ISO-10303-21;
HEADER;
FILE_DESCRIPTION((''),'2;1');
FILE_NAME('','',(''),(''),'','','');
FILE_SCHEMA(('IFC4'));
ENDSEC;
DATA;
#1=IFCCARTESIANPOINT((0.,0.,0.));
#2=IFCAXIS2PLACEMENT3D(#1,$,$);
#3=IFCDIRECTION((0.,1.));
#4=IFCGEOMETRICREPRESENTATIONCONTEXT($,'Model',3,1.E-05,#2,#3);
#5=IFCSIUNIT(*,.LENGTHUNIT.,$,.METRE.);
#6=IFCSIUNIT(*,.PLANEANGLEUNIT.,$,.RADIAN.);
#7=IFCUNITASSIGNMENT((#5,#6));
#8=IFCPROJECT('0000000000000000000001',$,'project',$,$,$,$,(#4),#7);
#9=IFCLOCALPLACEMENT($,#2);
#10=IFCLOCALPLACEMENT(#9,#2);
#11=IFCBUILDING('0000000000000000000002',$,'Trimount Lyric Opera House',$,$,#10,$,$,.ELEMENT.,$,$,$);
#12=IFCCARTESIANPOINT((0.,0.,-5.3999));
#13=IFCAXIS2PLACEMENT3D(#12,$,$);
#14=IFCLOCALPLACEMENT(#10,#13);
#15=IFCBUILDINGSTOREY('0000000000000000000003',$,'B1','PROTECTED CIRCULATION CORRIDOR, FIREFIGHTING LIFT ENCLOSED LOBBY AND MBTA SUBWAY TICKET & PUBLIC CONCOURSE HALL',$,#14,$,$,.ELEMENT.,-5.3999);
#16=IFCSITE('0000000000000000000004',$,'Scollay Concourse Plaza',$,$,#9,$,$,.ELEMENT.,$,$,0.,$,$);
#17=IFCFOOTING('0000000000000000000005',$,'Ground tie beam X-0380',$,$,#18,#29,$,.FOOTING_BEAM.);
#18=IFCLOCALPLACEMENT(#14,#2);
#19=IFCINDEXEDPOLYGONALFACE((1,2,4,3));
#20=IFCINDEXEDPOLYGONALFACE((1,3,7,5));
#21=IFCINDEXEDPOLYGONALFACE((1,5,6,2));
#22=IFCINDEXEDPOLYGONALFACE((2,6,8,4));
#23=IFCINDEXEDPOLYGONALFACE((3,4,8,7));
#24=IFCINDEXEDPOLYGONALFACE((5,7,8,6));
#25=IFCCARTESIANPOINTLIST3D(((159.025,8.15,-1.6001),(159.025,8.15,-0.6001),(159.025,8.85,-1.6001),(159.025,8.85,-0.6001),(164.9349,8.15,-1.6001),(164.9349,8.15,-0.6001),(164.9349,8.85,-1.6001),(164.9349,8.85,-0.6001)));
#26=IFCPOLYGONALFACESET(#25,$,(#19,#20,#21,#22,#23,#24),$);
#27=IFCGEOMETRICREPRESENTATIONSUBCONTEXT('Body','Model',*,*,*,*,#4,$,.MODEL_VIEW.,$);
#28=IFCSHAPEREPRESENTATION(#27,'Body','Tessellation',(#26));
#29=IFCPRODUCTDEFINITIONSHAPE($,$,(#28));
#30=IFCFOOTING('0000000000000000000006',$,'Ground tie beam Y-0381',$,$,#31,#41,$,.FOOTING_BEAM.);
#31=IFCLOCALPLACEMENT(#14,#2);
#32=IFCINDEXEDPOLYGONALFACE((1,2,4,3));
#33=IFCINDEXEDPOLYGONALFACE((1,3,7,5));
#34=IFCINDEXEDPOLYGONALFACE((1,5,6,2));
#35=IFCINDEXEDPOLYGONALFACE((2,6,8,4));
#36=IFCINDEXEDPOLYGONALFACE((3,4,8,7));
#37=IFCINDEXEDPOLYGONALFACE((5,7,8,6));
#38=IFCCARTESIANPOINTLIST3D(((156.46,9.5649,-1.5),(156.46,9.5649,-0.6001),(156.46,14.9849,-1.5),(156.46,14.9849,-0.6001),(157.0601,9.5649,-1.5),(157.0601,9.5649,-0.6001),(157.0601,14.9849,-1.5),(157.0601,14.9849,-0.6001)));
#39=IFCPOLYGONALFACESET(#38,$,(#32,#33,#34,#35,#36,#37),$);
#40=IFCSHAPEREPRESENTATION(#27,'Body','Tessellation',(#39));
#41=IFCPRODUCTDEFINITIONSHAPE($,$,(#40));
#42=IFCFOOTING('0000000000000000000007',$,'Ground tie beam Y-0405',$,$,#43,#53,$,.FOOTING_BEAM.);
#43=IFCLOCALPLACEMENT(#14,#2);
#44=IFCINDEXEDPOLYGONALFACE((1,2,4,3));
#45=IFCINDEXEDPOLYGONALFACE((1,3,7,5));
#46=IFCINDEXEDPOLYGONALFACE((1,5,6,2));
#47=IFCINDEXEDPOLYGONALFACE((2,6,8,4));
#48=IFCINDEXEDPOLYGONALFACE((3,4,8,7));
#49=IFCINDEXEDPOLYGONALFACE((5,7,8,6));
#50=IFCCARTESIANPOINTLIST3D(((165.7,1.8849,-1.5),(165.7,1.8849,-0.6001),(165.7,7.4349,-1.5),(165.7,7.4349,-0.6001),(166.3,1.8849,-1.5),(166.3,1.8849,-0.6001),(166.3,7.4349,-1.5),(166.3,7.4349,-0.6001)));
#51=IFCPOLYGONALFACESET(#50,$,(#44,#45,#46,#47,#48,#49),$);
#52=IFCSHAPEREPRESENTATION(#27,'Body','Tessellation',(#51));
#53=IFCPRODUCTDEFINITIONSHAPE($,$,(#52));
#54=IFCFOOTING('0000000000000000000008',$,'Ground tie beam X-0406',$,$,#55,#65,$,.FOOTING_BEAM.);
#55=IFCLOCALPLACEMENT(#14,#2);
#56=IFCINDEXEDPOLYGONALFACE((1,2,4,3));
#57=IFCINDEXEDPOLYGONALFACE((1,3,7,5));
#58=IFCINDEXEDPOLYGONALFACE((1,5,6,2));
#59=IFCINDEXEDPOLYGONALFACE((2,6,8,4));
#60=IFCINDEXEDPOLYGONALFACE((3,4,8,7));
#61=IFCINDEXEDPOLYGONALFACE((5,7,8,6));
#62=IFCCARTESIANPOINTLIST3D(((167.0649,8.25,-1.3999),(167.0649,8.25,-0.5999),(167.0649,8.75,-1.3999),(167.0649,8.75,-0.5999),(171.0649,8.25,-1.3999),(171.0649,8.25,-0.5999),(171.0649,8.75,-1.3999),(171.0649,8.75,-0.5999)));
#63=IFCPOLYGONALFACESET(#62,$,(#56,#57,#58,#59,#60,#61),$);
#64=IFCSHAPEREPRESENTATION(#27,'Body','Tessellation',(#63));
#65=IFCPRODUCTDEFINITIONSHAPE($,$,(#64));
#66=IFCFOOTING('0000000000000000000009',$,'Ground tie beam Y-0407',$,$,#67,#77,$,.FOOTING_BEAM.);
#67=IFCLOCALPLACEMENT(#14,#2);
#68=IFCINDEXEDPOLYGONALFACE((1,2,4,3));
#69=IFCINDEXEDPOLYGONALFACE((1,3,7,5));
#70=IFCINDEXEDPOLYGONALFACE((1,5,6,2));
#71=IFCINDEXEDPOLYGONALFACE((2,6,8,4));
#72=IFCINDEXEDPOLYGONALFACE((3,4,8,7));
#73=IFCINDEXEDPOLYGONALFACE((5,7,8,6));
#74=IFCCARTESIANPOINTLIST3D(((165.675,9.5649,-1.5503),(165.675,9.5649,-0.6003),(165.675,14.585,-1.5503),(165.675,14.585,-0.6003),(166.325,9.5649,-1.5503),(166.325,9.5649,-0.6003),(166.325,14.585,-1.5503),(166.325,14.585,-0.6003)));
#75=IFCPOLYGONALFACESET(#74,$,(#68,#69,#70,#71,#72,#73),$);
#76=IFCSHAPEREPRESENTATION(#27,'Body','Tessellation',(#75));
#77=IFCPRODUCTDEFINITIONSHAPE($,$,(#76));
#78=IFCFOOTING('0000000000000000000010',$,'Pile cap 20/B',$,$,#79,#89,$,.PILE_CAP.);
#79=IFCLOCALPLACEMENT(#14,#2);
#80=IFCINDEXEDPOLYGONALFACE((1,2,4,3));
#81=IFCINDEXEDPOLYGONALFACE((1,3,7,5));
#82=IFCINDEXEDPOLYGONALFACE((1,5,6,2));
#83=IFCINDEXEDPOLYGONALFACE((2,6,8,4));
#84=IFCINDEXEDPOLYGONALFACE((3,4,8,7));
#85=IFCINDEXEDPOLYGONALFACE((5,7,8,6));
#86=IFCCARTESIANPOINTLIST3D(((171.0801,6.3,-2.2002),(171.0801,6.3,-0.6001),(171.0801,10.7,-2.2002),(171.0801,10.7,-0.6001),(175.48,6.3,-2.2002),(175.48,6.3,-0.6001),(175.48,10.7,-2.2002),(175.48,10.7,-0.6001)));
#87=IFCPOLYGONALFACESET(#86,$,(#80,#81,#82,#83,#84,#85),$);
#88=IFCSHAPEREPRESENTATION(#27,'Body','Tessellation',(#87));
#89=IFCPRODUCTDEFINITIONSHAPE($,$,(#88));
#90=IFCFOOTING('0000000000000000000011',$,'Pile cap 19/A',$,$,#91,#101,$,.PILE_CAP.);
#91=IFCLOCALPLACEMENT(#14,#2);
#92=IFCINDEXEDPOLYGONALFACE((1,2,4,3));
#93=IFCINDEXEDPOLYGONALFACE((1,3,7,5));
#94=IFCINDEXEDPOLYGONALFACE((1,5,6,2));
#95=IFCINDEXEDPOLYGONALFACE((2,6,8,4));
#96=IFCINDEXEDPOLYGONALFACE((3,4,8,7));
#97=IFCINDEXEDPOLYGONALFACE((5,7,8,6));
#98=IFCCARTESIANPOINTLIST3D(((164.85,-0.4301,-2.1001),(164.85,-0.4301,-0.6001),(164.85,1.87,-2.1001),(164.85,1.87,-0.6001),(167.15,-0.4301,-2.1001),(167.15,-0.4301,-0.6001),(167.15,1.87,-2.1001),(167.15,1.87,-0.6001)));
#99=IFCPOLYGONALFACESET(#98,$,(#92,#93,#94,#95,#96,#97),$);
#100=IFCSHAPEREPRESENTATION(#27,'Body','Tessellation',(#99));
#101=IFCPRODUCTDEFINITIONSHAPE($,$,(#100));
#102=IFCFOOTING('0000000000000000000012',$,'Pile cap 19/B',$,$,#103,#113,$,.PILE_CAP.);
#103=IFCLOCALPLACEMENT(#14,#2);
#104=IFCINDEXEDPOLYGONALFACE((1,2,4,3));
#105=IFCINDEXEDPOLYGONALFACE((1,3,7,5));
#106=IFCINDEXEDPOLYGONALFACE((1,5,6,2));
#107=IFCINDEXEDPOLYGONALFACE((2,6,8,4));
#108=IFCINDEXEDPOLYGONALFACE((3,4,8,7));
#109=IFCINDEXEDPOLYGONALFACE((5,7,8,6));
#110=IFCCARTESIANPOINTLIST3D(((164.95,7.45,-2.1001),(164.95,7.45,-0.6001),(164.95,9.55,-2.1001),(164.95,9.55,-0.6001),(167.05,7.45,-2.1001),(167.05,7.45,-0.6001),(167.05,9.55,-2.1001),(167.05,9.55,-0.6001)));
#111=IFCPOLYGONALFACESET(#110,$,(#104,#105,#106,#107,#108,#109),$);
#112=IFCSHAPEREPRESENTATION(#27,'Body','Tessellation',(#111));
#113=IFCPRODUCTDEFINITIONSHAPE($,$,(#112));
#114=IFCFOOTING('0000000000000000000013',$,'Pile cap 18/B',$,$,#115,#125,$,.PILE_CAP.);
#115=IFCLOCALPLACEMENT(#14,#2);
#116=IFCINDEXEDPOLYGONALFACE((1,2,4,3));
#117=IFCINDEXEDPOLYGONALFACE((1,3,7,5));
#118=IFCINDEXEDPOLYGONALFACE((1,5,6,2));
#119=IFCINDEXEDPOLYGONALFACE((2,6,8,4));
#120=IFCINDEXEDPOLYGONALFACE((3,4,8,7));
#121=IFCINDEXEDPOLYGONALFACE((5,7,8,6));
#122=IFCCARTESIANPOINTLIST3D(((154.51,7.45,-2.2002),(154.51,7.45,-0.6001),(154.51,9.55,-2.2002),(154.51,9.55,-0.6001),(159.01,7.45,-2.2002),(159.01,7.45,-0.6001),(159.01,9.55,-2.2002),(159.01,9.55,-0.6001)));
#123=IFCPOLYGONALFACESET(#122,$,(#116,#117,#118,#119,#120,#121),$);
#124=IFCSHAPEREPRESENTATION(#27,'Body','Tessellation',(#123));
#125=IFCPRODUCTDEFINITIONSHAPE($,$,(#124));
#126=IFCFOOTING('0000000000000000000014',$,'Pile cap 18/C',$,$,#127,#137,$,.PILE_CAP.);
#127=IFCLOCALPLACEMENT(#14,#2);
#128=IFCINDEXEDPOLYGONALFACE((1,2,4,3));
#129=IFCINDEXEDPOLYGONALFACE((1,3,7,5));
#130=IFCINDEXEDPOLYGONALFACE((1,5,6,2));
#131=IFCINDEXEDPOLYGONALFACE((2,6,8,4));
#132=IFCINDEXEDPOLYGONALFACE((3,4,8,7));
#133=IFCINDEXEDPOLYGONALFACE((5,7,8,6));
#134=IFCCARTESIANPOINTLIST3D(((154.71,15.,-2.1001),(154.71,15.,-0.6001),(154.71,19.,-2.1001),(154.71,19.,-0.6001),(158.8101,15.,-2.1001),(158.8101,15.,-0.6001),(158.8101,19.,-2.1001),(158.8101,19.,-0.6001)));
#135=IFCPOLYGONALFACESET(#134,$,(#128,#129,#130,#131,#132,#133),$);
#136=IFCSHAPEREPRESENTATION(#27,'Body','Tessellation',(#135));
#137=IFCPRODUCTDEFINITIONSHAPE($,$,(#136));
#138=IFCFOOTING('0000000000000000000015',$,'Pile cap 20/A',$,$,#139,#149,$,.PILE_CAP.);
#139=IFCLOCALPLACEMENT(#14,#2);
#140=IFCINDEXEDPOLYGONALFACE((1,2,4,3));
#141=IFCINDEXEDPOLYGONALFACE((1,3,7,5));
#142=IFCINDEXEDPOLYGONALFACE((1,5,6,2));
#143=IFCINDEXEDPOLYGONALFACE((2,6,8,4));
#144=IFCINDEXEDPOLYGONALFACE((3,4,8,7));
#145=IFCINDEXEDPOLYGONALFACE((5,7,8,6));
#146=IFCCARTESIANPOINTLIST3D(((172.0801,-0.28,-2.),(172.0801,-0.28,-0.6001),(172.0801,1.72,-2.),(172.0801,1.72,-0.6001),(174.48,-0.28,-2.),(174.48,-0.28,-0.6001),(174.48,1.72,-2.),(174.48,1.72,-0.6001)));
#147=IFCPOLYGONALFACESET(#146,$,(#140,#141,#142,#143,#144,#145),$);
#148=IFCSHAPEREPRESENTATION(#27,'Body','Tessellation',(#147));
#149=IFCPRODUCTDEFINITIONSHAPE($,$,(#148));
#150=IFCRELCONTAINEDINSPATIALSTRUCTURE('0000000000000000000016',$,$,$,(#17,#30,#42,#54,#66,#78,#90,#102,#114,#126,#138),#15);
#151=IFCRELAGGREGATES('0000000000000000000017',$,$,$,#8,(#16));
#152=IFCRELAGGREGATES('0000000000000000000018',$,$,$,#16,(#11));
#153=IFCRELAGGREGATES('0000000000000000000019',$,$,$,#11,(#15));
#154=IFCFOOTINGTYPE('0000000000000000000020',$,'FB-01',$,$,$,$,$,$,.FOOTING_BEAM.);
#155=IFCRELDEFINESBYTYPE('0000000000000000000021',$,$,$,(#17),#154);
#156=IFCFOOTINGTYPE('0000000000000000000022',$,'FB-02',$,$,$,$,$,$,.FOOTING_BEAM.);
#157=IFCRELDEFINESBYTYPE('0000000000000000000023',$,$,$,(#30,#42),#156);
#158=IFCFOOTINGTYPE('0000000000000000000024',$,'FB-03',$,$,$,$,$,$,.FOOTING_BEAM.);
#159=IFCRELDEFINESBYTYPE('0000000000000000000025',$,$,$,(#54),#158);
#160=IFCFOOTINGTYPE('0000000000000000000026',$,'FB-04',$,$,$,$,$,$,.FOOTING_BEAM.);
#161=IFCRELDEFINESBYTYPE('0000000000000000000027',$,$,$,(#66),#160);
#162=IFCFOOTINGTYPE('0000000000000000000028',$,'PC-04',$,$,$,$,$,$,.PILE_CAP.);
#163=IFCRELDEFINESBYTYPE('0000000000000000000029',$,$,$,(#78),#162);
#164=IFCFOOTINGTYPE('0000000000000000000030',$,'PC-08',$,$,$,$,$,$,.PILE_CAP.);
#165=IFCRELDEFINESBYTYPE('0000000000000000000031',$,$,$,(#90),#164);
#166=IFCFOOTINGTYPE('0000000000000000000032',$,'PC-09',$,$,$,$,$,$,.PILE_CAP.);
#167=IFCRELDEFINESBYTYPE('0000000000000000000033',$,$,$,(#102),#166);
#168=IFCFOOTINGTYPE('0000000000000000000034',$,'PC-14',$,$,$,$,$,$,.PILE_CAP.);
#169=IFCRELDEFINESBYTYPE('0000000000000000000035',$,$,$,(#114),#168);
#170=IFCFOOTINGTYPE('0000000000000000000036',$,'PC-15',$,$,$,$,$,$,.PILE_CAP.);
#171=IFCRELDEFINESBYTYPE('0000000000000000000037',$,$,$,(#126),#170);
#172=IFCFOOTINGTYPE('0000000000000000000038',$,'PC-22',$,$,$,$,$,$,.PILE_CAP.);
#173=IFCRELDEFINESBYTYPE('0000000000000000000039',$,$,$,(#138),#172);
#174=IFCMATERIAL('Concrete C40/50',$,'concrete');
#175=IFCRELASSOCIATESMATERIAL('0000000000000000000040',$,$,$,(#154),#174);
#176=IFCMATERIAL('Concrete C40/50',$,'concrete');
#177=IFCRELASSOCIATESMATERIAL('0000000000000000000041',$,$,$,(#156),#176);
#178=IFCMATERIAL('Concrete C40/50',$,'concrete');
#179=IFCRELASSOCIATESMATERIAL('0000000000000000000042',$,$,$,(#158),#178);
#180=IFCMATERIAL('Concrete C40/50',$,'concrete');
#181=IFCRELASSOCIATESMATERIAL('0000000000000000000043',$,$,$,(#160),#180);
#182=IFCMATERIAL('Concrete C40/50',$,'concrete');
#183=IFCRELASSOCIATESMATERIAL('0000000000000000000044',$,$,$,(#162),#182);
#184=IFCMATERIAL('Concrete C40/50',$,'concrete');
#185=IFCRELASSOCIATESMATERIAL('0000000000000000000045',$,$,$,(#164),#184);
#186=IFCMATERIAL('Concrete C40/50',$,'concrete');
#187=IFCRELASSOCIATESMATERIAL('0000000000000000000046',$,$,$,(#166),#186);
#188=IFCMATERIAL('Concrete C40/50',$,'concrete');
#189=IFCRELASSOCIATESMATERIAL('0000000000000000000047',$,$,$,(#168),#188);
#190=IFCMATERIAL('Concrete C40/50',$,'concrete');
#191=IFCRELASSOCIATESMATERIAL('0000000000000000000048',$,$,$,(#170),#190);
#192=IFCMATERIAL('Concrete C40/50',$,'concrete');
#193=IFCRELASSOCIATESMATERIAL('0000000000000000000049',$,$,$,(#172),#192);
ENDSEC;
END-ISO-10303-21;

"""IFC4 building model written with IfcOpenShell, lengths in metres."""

from ifc_helpers import new_model, si_unit, direction, frame, origin, origin_2d, place, context, subcontext, project, spatial, rectangle, extrude, material, type_object, element, save


model = new_model("IFC4")

# Units and contexts
model_context = context("Model", 3, precision=1e-05, world=origin(), true_north=direction((0.0, 1.0)))
body_context = subcontext(model_context, "Body", "Model", "MODEL_VIEW")
ifc_project = project(units=[si_unit("LENGTHUNIT", "METRE"), si_unit("PLANEANGLEUNIT", "RADIAN")], contexts=[model_context])

# Site, building, storey
site_placement = place(None, origin())
site = spatial("IfcSite", under=ifc_project, at=site_placement, Name="Scollay Concourse Plaza", CompositionType="ELEMENT", RefElevation=0.0)
building_placement = place(site_placement, origin())
building = spatial("IfcBuilding", under=site, at=building_placement, Name="Trimount Lyric Opera House", CompositionType="ELEMENT")
storey_placement = place(building_placement, frame((0.0, 0.0, -5.3999)))
storey = spatial("IfcBuildingStorey", under=building, at=storey_placement, Name="B1", Description="PROTECTED CIRCULATION CORRIDOR, FIREFIGHTING LIFT ENCLOSED LOBBY AND MBTA SUBWAY TICKET & PUBLIC CONCOURSE HALL", CompositionType="ELEMENT", Elevation=-5.3999)

# Footings
ifc_material_1 = material(Name="Concrete C40/50", Category="concrete")
footing_type_1 = type_object("IfcFootingType", Name="FB-01", PredefinedType="FOOTING_BEAM", material=ifc_material_1)
footing_1_placement = place(storey_placement, frame((161.98, 8.5, -1.6001), z_axis=(0.0, 0.0, 1.0), x_axis=(1.0, 0.0, 0.0)))
element("IfcFooting", 1, at=footing_1_placement, inside=storey, type_object=footing_type_1, Name="Ground tie beam X-0380", PredefinedType="FOOTING_BEAM", context=body_context, shape_type="SweptSolid", body=[
    extrude(rectangle(XDim=5.9099, YDim=0.7, at=origin_2d()), origin(), (0.0, 0.0, 1.0), 1.0),
])
ifc_material_2 = material(Name="Concrete C40/50", Category="concrete")
footing_type_2 = type_object("IfcFootingType", Name="FB-02", PredefinedType="FOOTING_BEAM", material=ifc_material_2)
footing_2_placement = place(storey_placement, frame((156.76, 12.2749, -1.5), z_axis=(0.0, 0.0, 1.0), x_axis=(1.0, 0.0, 0.0)))
element("IfcFooting", 2, at=footing_2_placement, inside=storey, type_object=footing_type_2, Name="Ground tie beam Y-0381", PredefinedType="FOOTING_BEAM", context=body_context, shape_type="SweptSolid", body=[
    extrude(rectangle(XDim=0.6001, YDim=5.4199, at=origin_2d()), origin(), (0.0, 0.0, 1.0), 0.8999),
])
footing_3_placement = place(storey_placement, frame((166.0, 4.6599, -1.5), z_axis=(0.0, 0.0, 1.0), x_axis=(1.0, 0.0, 0.0)))
element("IfcFooting", 3, at=footing_3_placement, inside=storey, type_object=footing_type_2, Name="Ground tie beam Y-0405", PredefinedType="FOOTING_BEAM", context=body_context, shape_type="SweptSolid", body=[
    extrude(rectangle(XDim=0.6001, YDim=5.55, at=origin_2d()), origin(), (0.0, 0.0, 1.0), 0.8999),
])
ifc_material_3 = material(Name="Concrete C40/50", Category="concrete")
footing_type_3 = type_object("IfcFootingType", Name="FB-03", PredefinedType="FOOTING_BEAM", material=ifc_material_3)
footing_4_placement = place(storey_placement, frame((169.0649, 8.5, -1.3999), z_axis=(0.0, 0.0, 1.0), x_axis=(1.0, 0.0, 0.0)))
element("IfcFooting", 4, at=footing_4_placement, inside=storey, type_object=footing_type_3, Name="Ground tie beam X-0406", PredefinedType="FOOTING_BEAM", context=body_context, shape_type="SweptSolid", body=[
    extrude(rectangle(XDim=4.0, YDim=0.5, at=origin_2d()), origin(), (0.0, 0.0, 1.0), 0.8),
])
ifc_material_4 = material(Name="Concrete C40/50", Category="concrete")
footing_type_4 = type_object("IfcFootingType", Name="FB-04", PredefinedType="FOOTING_BEAM", material=ifc_material_4)
footing_5_placement = place(storey_placement, frame((166.0, 12.075, -1.5503), z_axis=(0.0, 0.0, 1.0), x_axis=(1.0, 0.0, 0.0)))
element("IfcFooting", 5, at=footing_5_placement, inside=storey, type_object=footing_type_4, Name="Ground tie beam Y-0407", PredefinedType="FOOTING_BEAM", context=body_context, shape_type="SweptSolid", body=[
    extrude(rectangle(XDim=0.6499, YDim=5.02, at=origin_2d()), origin(), (0.0, 0.0, 1.0), 0.95),
])
ifc_material_5 = material(Name="Concrete C40/50", Category="concrete")
footing_type_5 = type_object("IfcFootingType", Name="PC-04", PredefinedType="PILE_CAP", material=ifc_material_5)
footing_6_placement = place(storey_placement, frame((173.28, 8.5, -2.2002), z_axis=(0.0, 0.0, 1.0), x_axis=(1.0, 0.0, 0.0)))
element("IfcFooting", 6, at=footing_6_placement, inside=storey, type_object=footing_type_5, Name="Pile cap 20/B", PredefinedType="PILE_CAP", context=body_context, shape_type="SweptSolid", body=[
    extrude(rectangle(XDim=4.3999, YDim=4.3999, at=origin_2d()), origin(), (0.0, 0.0, 1.0), 1.6001),
])
ifc_material_6 = material(Name="Concrete C40/50", Category="concrete")
footing_type_6 = type_object("IfcFootingType", Name="PC-08", PredefinedType="PILE_CAP", material=ifc_material_6)
footing_7_placement = place(storey_placement, frame((166.0, 0.72, -2.1001), z_axis=(0.0, 0.0, 1.0), x_axis=(1.0, 0.0, 0.0)))
element("IfcFooting", 7, at=footing_7_placement, inside=storey, type_object=footing_type_6, Name="Pile cap 19/A", PredefinedType="PILE_CAP", context=body_context, shape_type="SweptSolid", body=[
    extrude(rectangle(XDim=2.3, YDim=2.3, at=origin_2d()), origin(), (0.0, 0.0, 1.0), 1.5),
])
ifc_material_7 = material(Name="Concrete C40/50", Category="concrete")
footing_type_7 = type_object("IfcFootingType", Name="PC-09", PredefinedType="PILE_CAP", material=ifc_material_7)
footing_8_placement = place(storey_placement, frame((166.0, 8.5, -2.1001), z_axis=(0.0, 0.0, 1.0), x_axis=(1.0, 0.0, 0.0)))
element("IfcFooting", 8, at=footing_8_placement, inside=storey, type_object=footing_type_7, Name="Pile cap 19/B", PredefinedType="PILE_CAP", context=body_context, shape_type="SweptSolid", body=[
    extrude(rectangle(XDim=2.1001, YDim=2.1001, at=origin_2d()), origin(), (0.0, 0.0, 1.0), 1.5),
])
ifc_material_8 = material(Name="Concrete C40/50", Category="concrete")
footing_type_8 = type_object("IfcFootingType", Name="PC-14", PredefinedType="PILE_CAP", material=ifc_material_8)
footing_9_placement = place(storey_placement, frame((156.76, 8.5, -2.2002), z_axis=(0.0, 0.0, 1.0), x_axis=(1.0, 0.0, 0.0)))
element("IfcFooting", 9, at=footing_9_placement, inside=storey, type_object=footing_type_8, Name="Pile cap 18/B", PredefinedType="PILE_CAP", context=body_context, shape_type="SweptSolid", body=[
    extrude(rectangle(XDim=4.5, YDim=2.1001, at=origin_2d()), origin(), (0.0, 0.0, 1.0), 1.6001),
])
ifc_material_9 = material(Name="Concrete C40/50", Category="concrete")
footing_type_9 = type_object("IfcFootingType", Name="PC-15", PredefinedType="PILE_CAP", material=ifc_material_9)
footing_10_placement = place(storey_placement, frame((156.76, 17.0, -2.1001), z_axis=(0.0, 0.0, 1.0), x_axis=(1.0, 0.0, 0.0)))
element("IfcFooting", 10, at=footing_10_placement, inside=storey, type_object=footing_type_9, Name="Pile cap 18/C", PredefinedType="PILE_CAP", context=body_context, shape_type="SweptSolid", body=[
    extrude(rectangle(XDim=4.1001, YDim=4.0, at=origin_2d()), origin(), (0.0, 0.0, 1.0), 1.5),
])
ifc_material_10 = material(Name="Concrete C40/50", Category="concrete")
footing_type_10 = type_object("IfcFootingType", Name="PC-22", PredefinedType="PILE_CAP", material=ifc_material_10)
footing_11_placement = place(storey_placement, frame((173.28, 0.72, -2.0), z_axis=(0.0, 0.0, 1.0), x_axis=(1.0, 0.0, 0.0)))
element("IfcFooting", 11, at=footing_11_placement, inside=storey, type_object=footing_type_10, Name="Pile cap 20/A", PredefinedType="PILE_CAP", context=body_context, shape_type="SweptSolid", body=[
    extrude(rectangle(XDim=2.3999, YDim=2.0, at=origin_2d()), origin(), (0.0, 0.0, 1.0), 1.3999),
])

save(model, "model.ifc")
